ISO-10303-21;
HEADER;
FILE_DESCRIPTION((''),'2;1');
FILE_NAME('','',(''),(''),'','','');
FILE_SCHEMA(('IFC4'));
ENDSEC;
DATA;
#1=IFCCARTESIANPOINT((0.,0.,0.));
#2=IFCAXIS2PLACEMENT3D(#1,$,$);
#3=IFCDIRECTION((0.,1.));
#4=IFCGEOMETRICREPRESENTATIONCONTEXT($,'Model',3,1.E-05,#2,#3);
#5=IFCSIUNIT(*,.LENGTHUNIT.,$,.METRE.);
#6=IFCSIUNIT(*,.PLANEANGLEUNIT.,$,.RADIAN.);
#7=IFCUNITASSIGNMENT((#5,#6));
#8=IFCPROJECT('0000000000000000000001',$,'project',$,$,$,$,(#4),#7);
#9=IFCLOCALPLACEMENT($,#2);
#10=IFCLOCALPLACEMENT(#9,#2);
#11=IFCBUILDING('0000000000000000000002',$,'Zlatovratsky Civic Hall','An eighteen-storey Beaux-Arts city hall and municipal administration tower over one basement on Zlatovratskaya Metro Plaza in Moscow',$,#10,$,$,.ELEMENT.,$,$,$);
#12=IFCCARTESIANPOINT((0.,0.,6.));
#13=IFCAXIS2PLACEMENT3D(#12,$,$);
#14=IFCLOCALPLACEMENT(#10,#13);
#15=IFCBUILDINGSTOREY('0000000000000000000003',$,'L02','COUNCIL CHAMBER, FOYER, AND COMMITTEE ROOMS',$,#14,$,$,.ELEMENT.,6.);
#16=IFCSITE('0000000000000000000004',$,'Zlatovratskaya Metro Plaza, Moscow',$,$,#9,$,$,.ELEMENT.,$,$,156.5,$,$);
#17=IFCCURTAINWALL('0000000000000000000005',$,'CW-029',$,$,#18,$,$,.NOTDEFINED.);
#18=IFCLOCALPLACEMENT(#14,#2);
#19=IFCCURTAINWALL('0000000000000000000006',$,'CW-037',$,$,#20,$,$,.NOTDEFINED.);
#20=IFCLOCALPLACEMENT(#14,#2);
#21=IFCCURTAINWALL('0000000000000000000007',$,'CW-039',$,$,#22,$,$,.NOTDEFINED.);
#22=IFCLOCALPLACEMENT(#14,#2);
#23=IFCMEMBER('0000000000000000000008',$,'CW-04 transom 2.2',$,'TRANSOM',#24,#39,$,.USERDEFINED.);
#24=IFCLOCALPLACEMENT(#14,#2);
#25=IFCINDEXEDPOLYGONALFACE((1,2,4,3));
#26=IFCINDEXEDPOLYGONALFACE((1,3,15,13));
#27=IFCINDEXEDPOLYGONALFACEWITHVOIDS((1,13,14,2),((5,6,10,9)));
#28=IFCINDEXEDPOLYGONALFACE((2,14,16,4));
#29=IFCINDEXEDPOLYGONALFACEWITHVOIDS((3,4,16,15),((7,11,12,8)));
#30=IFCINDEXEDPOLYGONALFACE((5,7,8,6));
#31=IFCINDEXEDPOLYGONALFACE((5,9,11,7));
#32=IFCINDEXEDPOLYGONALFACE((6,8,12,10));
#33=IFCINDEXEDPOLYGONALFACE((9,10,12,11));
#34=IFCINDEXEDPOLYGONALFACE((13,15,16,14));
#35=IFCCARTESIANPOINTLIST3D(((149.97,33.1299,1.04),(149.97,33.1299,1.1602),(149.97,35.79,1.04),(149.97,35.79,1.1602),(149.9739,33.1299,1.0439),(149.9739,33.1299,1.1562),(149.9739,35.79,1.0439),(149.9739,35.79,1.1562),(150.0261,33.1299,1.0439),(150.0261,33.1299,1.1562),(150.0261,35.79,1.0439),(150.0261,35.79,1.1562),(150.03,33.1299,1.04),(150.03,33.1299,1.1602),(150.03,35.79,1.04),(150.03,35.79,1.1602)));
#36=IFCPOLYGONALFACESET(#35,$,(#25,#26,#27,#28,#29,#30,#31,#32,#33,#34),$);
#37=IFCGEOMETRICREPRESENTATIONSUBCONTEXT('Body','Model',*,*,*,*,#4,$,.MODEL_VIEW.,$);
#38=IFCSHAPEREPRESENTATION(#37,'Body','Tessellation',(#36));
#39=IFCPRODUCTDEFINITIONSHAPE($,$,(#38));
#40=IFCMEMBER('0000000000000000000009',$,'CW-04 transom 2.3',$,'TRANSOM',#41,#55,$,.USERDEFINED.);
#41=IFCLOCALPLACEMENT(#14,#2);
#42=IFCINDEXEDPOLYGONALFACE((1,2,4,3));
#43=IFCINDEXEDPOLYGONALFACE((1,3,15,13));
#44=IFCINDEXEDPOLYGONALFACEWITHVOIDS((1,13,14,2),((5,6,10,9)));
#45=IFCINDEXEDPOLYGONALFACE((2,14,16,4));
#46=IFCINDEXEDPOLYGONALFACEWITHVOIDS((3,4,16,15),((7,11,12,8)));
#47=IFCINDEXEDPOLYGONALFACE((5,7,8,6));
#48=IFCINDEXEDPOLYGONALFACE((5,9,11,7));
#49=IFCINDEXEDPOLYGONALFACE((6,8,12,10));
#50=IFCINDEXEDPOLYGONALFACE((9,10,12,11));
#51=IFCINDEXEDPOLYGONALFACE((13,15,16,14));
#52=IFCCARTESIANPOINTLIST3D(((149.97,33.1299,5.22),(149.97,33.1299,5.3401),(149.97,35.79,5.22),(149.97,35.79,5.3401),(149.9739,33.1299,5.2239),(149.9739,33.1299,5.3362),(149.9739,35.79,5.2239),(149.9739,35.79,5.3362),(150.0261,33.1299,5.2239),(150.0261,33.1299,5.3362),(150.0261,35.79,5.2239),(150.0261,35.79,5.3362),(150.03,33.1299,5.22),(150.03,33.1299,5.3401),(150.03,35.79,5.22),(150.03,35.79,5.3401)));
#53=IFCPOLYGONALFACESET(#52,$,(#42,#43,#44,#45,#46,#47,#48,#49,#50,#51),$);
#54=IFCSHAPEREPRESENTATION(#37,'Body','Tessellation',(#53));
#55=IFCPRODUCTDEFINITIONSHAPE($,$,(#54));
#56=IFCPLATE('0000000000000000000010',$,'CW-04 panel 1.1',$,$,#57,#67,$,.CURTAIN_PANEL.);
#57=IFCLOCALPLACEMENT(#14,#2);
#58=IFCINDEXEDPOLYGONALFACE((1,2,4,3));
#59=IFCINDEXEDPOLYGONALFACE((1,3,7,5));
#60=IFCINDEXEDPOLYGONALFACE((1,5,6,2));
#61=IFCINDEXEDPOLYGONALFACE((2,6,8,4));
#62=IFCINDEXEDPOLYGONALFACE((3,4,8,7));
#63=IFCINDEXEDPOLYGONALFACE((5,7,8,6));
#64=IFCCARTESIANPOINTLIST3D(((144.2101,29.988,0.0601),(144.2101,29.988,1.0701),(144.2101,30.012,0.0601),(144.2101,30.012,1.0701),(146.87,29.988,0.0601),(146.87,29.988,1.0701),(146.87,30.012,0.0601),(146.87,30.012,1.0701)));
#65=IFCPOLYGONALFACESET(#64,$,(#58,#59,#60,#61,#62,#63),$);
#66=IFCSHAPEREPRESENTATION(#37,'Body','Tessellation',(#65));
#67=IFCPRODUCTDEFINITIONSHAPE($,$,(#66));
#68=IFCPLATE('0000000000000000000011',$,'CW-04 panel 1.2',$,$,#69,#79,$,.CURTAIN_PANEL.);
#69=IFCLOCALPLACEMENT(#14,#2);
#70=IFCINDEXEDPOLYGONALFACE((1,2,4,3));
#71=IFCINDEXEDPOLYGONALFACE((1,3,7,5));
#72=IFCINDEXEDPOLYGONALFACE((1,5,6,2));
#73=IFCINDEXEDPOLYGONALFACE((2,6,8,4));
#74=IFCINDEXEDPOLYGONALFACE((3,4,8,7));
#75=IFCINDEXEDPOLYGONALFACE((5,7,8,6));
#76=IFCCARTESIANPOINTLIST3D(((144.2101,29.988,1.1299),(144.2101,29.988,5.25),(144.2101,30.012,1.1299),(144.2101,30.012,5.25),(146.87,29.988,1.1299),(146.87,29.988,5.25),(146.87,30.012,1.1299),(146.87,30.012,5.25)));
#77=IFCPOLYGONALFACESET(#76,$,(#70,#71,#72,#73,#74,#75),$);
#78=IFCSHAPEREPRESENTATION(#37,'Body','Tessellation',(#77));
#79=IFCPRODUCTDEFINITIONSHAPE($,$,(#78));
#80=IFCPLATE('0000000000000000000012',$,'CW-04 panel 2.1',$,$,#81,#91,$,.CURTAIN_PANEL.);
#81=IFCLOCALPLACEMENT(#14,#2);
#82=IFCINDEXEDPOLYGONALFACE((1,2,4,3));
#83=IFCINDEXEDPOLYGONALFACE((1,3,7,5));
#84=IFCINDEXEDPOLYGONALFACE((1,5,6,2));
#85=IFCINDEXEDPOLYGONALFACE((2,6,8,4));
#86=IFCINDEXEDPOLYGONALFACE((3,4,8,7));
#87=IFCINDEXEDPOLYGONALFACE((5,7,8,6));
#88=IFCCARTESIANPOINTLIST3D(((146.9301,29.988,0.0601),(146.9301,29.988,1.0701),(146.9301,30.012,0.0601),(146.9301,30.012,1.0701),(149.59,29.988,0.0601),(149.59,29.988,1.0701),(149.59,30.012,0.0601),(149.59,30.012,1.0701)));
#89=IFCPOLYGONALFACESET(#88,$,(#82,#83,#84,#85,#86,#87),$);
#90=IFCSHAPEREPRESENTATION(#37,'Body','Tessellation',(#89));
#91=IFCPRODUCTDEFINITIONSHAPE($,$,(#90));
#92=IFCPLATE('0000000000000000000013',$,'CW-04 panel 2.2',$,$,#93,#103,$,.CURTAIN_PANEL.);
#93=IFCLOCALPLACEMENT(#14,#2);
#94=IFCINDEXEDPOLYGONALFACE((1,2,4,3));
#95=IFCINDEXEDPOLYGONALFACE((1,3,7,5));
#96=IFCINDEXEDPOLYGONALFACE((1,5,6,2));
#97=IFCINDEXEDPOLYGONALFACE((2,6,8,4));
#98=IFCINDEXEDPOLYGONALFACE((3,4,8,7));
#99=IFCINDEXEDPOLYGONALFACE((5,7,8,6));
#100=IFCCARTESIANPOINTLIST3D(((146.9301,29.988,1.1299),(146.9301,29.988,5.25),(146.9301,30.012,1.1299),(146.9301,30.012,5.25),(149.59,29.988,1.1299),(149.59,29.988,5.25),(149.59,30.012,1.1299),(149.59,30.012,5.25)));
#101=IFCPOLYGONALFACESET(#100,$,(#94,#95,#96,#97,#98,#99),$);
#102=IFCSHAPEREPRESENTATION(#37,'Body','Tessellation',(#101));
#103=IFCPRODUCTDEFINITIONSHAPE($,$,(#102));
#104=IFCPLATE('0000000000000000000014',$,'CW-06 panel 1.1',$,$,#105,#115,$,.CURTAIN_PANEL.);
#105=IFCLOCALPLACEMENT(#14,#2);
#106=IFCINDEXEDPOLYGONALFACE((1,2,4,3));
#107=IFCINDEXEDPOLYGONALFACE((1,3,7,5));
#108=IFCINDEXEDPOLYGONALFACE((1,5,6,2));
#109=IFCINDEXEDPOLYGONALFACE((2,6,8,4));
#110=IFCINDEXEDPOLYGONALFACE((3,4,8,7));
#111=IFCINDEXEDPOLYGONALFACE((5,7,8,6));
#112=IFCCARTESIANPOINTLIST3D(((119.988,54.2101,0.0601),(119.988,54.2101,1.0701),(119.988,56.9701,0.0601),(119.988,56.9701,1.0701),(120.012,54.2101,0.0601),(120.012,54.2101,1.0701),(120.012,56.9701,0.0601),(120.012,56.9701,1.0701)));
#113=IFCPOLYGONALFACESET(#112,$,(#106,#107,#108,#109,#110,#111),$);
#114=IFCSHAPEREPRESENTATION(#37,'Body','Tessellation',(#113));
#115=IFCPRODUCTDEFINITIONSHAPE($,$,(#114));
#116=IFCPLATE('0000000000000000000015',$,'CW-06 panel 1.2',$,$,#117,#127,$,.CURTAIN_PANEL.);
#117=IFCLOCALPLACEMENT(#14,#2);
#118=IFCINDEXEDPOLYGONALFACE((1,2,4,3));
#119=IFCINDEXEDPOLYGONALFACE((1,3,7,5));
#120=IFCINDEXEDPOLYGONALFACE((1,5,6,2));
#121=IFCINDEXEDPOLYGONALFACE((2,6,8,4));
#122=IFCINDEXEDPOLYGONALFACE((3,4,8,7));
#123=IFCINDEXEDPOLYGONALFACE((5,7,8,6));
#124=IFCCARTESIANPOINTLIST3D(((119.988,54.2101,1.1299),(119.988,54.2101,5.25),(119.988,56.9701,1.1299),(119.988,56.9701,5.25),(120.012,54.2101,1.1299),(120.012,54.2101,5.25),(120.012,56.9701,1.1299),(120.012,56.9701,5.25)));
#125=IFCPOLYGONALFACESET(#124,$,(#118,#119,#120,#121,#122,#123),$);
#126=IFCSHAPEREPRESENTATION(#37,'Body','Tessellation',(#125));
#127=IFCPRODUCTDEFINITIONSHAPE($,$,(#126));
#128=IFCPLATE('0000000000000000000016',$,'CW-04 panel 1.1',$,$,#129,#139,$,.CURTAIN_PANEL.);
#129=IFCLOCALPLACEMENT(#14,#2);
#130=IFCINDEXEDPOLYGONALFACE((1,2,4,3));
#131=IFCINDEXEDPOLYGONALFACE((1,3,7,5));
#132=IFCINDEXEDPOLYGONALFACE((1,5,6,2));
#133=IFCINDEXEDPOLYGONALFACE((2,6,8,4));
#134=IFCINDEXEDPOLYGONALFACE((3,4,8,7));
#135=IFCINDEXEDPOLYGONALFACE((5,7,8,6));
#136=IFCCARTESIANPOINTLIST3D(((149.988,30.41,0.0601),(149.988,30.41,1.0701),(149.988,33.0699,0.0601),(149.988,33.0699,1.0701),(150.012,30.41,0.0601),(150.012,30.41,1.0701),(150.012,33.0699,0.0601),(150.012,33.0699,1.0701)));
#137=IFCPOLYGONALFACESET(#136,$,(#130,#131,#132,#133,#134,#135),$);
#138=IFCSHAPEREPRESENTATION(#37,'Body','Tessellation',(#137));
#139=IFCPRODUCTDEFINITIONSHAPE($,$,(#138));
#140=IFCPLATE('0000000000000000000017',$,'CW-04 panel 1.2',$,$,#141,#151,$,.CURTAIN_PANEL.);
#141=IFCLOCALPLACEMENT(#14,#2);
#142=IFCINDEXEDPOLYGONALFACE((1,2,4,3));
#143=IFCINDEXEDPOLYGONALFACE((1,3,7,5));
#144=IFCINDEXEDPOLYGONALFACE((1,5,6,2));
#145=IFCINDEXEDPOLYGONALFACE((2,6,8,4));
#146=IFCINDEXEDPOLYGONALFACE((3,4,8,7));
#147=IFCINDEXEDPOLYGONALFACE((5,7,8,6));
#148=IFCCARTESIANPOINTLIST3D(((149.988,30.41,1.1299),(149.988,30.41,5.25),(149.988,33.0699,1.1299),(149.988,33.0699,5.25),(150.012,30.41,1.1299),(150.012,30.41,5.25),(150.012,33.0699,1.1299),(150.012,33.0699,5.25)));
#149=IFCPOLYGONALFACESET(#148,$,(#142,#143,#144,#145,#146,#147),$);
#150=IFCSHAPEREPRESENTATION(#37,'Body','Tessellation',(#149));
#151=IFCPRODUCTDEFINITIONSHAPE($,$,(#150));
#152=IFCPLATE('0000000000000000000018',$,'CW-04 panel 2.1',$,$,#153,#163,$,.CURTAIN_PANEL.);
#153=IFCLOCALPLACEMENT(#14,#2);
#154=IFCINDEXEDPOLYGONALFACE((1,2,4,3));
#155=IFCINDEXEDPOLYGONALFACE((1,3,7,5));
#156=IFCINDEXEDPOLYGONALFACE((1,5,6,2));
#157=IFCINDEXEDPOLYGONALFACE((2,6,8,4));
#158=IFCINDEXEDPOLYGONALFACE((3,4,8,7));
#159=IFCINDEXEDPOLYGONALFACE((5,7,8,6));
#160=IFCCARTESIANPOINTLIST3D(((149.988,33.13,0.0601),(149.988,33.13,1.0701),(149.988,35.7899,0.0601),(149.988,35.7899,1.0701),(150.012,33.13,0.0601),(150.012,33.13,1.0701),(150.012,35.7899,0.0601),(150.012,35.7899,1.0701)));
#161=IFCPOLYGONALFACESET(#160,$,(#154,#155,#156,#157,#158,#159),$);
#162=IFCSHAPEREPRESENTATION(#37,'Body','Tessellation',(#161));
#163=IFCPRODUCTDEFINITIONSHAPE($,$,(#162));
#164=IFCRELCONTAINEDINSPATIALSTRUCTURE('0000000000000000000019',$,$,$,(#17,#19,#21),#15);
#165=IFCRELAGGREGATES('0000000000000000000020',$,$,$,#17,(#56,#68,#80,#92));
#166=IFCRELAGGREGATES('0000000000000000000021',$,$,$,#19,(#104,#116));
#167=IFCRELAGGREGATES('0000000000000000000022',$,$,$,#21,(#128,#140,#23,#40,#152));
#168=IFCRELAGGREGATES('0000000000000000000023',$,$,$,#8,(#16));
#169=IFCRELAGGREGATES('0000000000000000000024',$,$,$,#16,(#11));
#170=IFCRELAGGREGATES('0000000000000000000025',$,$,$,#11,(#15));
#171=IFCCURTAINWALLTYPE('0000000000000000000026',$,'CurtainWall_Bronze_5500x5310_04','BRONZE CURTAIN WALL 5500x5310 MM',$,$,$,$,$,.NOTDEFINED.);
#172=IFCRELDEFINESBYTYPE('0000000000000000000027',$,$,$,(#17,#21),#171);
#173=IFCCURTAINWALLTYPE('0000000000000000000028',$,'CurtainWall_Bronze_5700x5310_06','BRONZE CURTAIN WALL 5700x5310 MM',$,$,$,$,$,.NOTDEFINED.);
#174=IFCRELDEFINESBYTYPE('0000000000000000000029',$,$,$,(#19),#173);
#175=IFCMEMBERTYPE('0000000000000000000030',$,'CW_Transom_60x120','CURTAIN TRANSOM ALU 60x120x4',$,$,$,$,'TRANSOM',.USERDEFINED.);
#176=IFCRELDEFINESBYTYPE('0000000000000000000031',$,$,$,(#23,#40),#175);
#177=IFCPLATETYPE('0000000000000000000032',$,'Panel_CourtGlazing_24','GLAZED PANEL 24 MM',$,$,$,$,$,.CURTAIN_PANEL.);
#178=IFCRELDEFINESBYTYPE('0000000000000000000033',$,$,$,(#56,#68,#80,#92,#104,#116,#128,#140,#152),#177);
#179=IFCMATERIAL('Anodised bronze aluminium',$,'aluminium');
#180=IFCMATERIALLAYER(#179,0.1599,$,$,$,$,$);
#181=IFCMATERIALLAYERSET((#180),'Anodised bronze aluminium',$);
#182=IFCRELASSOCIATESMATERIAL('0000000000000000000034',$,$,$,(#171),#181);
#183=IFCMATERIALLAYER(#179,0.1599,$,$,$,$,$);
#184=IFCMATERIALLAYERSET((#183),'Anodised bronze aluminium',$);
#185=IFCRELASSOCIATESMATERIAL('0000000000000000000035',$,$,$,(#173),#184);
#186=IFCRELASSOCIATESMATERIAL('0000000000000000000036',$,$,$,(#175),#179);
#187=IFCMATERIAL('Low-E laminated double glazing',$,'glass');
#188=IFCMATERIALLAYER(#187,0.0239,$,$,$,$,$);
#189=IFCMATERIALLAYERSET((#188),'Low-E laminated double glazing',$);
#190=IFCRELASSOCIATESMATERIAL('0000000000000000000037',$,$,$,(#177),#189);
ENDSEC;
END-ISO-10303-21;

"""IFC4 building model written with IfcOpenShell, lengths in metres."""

from ifc_helpers import new_model, si_unit, direction, frame, origin, origin_2d, place, context, subcontext, project, spatial, rectangle, hollow_rectangle, extrude, material, layer, layer_set, material_profile, profile_set, type_object, element, aggregate, save


model = new_model("IFC4")

# Units and contexts
model_context = context("Model", 3, precision=1e-05, world=origin(), true_north=direction((0.0, 1.0)))
body_context = subcontext(model_context, "Body", "Model", "MODEL_VIEW")
ifc_project = project(units=[si_unit("LENGTHUNIT", "METRE"), si_unit("PLANEANGLEUNIT", "RADIAN")], contexts=[model_context])

# Site, building, storey
site_placement = place(None, origin())
site = spatial("IfcSite", under=ifc_project, at=site_placement, Name="Zlatovratskaya Metro Plaza, Moscow", CompositionType="ELEMENT", RefElevation=156.5)
building_placement = place(site_placement, origin())
building = spatial("IfcBuilding", under=site, at=building_placement, Name="Zlatovratsky Civic Hall", Description="An eighteen-storey Beaux-Arts city hall and municipal administration tower over one basement on Zlatovratskaya Metro Plaza in Moscow", CompositionType="ELEMENT")
storey_placement = place(building_placement, frame((0.0, 0.0, 6.0)))
storey = spatial("IfcBuildingStorey", under=building, at=storey_placement, Name="L02", Description="COUNCIL CHAMBER, FOYER, AND COMMITTEE ROOMS", CompositionType="ELEMENT", Elevation=6.0)

# Curtain wall
ifc_material_1 = material(Name="Anodised bronze aluminium", Category="aluminium")
ifc_layer_1 = layer(ifc_material_1, 0.1599)
ifc_layer_set_1 = layer_set([ifc_layer_1], Name="Anodised bronze aluminium")
curtain_wall_type_1 = type_object("IfcCurtainWallType", Name="CurtainWall_Bronze_5500x5310_04", Description="BRONZE CURTAIN WALL 5500x5310 MM", PredefinedType="NOTDEFINED", material=ifc_layer_set_1)
curtain_wall_1_placement = place(storey_placement, origin())
curtain_wall_1 = element("IfcCurtainWall", 1, at=curtain_wall_1_placement, inside=storey, type_object=curtain_wall_type_1, Name="CW-029", PredefinedType="NOTDEFINED")

# Curtain wall
ifc_layer_2 = layer(ifc_material_1, 0.1599)
ifc_layer_set_2 = layer_set([ifc_layer_2], Name="Anodised bronze aluminium")
curtain_wall_type_2 = type_object("IfcCurtainWallType", Name="CurtainWall_Bronze_5700x5310_06", Description="BRONZE CURTAIN WALL 5700x5310 MM", PredefinedType="NOTDEFINED", material=ifc_layer_set_2)
curtain_wall_2_placement = place(storey_placement, origin())
curtain_wall_2 = element("IfcCurtainWall", 2, at=curtain_wall_2_placement, inside=storey, type_object=curtain_wall_type_2, Name="CW-037", PredefinedType="NOTDEFINED")

# Curtain wall
curtain_wall_3_placement = place(storey_placement, origin())
curtain_wall_3 = element("IfcCurtainWall", 3, at=curtain_wall_3_placement, inside=storey, type_object=curtain_wall_type_1, Name="CW-039", PredefinedType="NOTDEFINED")

# Members
ifc_material_profile_1 = material_profile(ifc_material_1, hollow_rectangle(XDim=0.0601, YDim=0.1201, WallThickness=0.0039, at=origin_2d()), Name="ALU 60x120x4")
ifc_profile_set_1 = profile_set([ifc_material_profile_1], Name="Anodised bronze aluminium")
member_type_1 = type_object("IfcMemberType", Name="CW_Transom_60x120", Description="CURTAIN TRANSOM ALU 60x120x4", ElementType="TRANSOM", PredefinedType="USERDEFINED", material=ifc_profile_set_1)
member_1_placement = place(storey_placement, frame((150.0, 33.1299, 1.1001), z_axis=(0.0, 1.0, 0.0), x_axis=(-1.0, 0.0, 0.0)))
member_1 = element("IfcMember", 4, at=member_1_placement, type_object=member_type_1, Name="CW-04 transom 2.2", ObjectType="TRANSOM", PredefinedType="USERDEFINED", context=body_context, shape_type="SweptSolid", body=[
    extrude(hollow_rectangle(XDim=0.0601, YDim=0.1201, WallThickness=0.0039, at=origin_2d()), origin(), (0.0, 0.0, 1.0), 2.6602),
])
member_2_placement = place(storey_placement, frame((150.0, 33.1299, 5.28), z_axis=(0.0, 1.0, 0.0), x_axis=(-1.0, 0.0, 0.0)))
member_2 = element("IfcMember", 5, at=member_2_placement, type_object=member_type_1, Name="CW-04 transom 2.3", ObjectType="TRANSOM", PredefinedType="USERDEFINED", context=body_context, shape_type="SweptSolid", body=[
    extrude(hollow_rectangle(XDim=0.0601, YDim=0.1201, WallThickness=0.0039, at=origin_2d()), origin(), (0.0, 0.0, 1.0), 2.6602),
])

# Plates
ifc_material_2 = material(Name="Low-E laminated double glazing", Category="glass")
ifc_layer_3 = layer(ifc_material_2, 0.0239)
ifc_layer_set_3 = layer_set([ifc_layer_3], Name="Low-E laminated double glazing")
plate_type = type_object("IfcPlateType", Name="Panel_CourtGlazing_24", Description="GLAZED PANEL 24 MM", PredefinedType="CURTAIN_PANEL", material=ifc_layer_set_3)
plate_1_placement = place(storey_placement, frame((145.54, 30.0, 0.0601), z_axis=(0.0, 0.0, 1.0), x_axis=(1.0, 0.0, 0.0)))
plate_1 = element("IfcPlate", 6, at=plate_1_placement, type_object=plate_type, Name="CW-04 panel 1.1", PredefinedType="CURTAIN_PANEL", context=body_context, shape_type="SweptSolid", body=[
    extrude(rectangle(XDim=2.6599, YDim=0.0239, at=origin_2d()), origin(), (0.0, 0.0, 1.0), 1.01),
])
plate_2_placement = place(storey_placement, frame((145.54, 30.0, 1.1299), z_axis=(0.0, 0.0, 1.0), x_axis=(1.0, 0.0, 0.0)))
plate_2 = element("IfcPlate", 7, at=plate_2_placement, type_object=plate_type, Name="CW-04 panel 1.2", PredefinedType="CURTAIN_PANEL", context=body_context, shape_type="SweptSolid", body=[
    extrude(rectangle(XDim=2.6599, YDim=0.0239, at=origin_2d()), origin(), (0.0, 0.0, 1.0), 4.1201),
])
plate_3_placement = place(storey_placement, frame((148.26, 30.0, 0.0601), z_axis=(0.0, 0.0, 1.0), x_axis=(1.0, 0.0, 0.0)))
plate_3 = element("IfcPlate", 8, at=plate_3_placement, type_object=plate_type, Name="CW-04 panel 2.1", PredefinedType="CURTAIN_PANEL", context=body_context, shape_type="SweptSolid", body=[
    extrude(rectangle(XDim=2.6599, YDim=0.0239, at=origin_2d()), origin(), (0.0, 0.0, 1.0), 1.01),
])
plate_4_placement = place(storey_placement, frame((148.26, 30.0, 1.1299), z_axis=(0.0, 0.0, 1.0), x_axis=(1.0, 0.0, 0.0)))
plate_4 = element("IfcPlate", 9, at=plate_4_placement, type_object=plate_type, Name="CW-04 panel 2.2", PredefinedType="CURTAIN_PANEL", context=body_context, shape_type="SweptSolid", body=[
    extrude(rectangle(XDim=2.6599, YDim=0.0239, at=origin_2d()), origin(), (0.0, 0.0, 1.0), 4.1201),
])
aggregate(curtain_wall_1, [plate_1, plate_2, plate_3, plate_4])
plate_5_placement = place(storey_placement, frame((120.0, 55.5901, 0.0601), z_axis=(0.0, 0.0, 1.0), x_axis=(0.0, 1.0, 0.0)))
plate_5 = element("IfcPlate", 10, at=plate_5_placement, type_object=plate_type, Name="CW-06 panel 1.1", PredefinedType="CURTAIN_PANEL", context=body_context, shape_type="SweptSolid", body=[
    extrude(rectangle(XDim=2.76, YDim=0.0239, at=origin_2d()), origin(), (0.0, 0.0, 1.0), 1.01),
])
plate_6_placement = place(storey_placement, frame((120.0, 55.5901, 1.1299), z_axis=(0.0, 0.0, 1.0), x_axis=(0.0, 1.0, 0.0)))
plate_6 = element("IfcPlate", 11, at=plate_6_placement, type_object=plate_type, Name="CW-06 panel 1.2", PredefinedType="CURTAIN_PANEL", context=body_context, shape_type="SweptSolid", body=[
    extrude(rectangle(XDim=2.76, YDim=0.0239, at=origin_2d()), origin(), (0.0, 0.0, 1.0), 4.1201),
])
aggregate(curtain_wall_2, [plate_5, plate_6])
plate_7_placement = place(storey_placement, frame((150.0, 31.74, 0.0601), z_axis=(0.0, 0.0, 1.0), x_axis=(0.0, 1.0, 0.0)))
plate_7 = element("IfcPlate", 12, at=plate_7_placement, type_object=plate_type, Name="CW-04 panel 1.1", PredefinedType="CURTAIN_PANEL", context=body_context, shape_type="SweptSolid", body=[
    extrude(rectangle(XDim=2.6599, YDim=0.0239, at=origin_2d()), origin(), (0.0, 0.0, 1.0), 1.01),
])
plate_8_placement = place(storey_placement, frame((150.0, 31.74, 1.1299), z_axis=(0.0, 0.0, 1.0), x_axis=(0.0, 1.0, 0.0)))
plate_8 = element("IfcPlate", 13, at=plate_8_placement, type_object=plate_type, Name="CW-04 panel 1.2", PredefinedType="CURTAIN_PANEL", context=body_context, shape_type="SweptSolid", body=[
    extrude(rectangle(XDim=2.6599, YDim=0.0239, at=origin_2d()), origin(), (0.0, 0.0, 1.0), 4.1201),
])
plate_9_placement = place(storey_placement, frame((150.0, 34.46, 0.0601), z_axis=(0.0, 0.0, 1.0), x_axis=(0.0, 1.0, 0.0)))
plate_9 = element("IfcPlate", 14, at=plate_9_placement, type_object=plate_type, Name="CW-04 panel 2.1", PredefinedType="CURTAIN_PANEL", context=body_context, shape_type="SweptSolid", body=[
    extrude(rectangle(XDim=2.6599, YDim=0.0239, at=origin_2d()), origin(), (0.0, 0.0, 1.0), 1.01),
])
aggregate(curtain_wall_3, [plate_7, plate_8, member_1, member_2, plate_9])

save(model, "model.ifc")
